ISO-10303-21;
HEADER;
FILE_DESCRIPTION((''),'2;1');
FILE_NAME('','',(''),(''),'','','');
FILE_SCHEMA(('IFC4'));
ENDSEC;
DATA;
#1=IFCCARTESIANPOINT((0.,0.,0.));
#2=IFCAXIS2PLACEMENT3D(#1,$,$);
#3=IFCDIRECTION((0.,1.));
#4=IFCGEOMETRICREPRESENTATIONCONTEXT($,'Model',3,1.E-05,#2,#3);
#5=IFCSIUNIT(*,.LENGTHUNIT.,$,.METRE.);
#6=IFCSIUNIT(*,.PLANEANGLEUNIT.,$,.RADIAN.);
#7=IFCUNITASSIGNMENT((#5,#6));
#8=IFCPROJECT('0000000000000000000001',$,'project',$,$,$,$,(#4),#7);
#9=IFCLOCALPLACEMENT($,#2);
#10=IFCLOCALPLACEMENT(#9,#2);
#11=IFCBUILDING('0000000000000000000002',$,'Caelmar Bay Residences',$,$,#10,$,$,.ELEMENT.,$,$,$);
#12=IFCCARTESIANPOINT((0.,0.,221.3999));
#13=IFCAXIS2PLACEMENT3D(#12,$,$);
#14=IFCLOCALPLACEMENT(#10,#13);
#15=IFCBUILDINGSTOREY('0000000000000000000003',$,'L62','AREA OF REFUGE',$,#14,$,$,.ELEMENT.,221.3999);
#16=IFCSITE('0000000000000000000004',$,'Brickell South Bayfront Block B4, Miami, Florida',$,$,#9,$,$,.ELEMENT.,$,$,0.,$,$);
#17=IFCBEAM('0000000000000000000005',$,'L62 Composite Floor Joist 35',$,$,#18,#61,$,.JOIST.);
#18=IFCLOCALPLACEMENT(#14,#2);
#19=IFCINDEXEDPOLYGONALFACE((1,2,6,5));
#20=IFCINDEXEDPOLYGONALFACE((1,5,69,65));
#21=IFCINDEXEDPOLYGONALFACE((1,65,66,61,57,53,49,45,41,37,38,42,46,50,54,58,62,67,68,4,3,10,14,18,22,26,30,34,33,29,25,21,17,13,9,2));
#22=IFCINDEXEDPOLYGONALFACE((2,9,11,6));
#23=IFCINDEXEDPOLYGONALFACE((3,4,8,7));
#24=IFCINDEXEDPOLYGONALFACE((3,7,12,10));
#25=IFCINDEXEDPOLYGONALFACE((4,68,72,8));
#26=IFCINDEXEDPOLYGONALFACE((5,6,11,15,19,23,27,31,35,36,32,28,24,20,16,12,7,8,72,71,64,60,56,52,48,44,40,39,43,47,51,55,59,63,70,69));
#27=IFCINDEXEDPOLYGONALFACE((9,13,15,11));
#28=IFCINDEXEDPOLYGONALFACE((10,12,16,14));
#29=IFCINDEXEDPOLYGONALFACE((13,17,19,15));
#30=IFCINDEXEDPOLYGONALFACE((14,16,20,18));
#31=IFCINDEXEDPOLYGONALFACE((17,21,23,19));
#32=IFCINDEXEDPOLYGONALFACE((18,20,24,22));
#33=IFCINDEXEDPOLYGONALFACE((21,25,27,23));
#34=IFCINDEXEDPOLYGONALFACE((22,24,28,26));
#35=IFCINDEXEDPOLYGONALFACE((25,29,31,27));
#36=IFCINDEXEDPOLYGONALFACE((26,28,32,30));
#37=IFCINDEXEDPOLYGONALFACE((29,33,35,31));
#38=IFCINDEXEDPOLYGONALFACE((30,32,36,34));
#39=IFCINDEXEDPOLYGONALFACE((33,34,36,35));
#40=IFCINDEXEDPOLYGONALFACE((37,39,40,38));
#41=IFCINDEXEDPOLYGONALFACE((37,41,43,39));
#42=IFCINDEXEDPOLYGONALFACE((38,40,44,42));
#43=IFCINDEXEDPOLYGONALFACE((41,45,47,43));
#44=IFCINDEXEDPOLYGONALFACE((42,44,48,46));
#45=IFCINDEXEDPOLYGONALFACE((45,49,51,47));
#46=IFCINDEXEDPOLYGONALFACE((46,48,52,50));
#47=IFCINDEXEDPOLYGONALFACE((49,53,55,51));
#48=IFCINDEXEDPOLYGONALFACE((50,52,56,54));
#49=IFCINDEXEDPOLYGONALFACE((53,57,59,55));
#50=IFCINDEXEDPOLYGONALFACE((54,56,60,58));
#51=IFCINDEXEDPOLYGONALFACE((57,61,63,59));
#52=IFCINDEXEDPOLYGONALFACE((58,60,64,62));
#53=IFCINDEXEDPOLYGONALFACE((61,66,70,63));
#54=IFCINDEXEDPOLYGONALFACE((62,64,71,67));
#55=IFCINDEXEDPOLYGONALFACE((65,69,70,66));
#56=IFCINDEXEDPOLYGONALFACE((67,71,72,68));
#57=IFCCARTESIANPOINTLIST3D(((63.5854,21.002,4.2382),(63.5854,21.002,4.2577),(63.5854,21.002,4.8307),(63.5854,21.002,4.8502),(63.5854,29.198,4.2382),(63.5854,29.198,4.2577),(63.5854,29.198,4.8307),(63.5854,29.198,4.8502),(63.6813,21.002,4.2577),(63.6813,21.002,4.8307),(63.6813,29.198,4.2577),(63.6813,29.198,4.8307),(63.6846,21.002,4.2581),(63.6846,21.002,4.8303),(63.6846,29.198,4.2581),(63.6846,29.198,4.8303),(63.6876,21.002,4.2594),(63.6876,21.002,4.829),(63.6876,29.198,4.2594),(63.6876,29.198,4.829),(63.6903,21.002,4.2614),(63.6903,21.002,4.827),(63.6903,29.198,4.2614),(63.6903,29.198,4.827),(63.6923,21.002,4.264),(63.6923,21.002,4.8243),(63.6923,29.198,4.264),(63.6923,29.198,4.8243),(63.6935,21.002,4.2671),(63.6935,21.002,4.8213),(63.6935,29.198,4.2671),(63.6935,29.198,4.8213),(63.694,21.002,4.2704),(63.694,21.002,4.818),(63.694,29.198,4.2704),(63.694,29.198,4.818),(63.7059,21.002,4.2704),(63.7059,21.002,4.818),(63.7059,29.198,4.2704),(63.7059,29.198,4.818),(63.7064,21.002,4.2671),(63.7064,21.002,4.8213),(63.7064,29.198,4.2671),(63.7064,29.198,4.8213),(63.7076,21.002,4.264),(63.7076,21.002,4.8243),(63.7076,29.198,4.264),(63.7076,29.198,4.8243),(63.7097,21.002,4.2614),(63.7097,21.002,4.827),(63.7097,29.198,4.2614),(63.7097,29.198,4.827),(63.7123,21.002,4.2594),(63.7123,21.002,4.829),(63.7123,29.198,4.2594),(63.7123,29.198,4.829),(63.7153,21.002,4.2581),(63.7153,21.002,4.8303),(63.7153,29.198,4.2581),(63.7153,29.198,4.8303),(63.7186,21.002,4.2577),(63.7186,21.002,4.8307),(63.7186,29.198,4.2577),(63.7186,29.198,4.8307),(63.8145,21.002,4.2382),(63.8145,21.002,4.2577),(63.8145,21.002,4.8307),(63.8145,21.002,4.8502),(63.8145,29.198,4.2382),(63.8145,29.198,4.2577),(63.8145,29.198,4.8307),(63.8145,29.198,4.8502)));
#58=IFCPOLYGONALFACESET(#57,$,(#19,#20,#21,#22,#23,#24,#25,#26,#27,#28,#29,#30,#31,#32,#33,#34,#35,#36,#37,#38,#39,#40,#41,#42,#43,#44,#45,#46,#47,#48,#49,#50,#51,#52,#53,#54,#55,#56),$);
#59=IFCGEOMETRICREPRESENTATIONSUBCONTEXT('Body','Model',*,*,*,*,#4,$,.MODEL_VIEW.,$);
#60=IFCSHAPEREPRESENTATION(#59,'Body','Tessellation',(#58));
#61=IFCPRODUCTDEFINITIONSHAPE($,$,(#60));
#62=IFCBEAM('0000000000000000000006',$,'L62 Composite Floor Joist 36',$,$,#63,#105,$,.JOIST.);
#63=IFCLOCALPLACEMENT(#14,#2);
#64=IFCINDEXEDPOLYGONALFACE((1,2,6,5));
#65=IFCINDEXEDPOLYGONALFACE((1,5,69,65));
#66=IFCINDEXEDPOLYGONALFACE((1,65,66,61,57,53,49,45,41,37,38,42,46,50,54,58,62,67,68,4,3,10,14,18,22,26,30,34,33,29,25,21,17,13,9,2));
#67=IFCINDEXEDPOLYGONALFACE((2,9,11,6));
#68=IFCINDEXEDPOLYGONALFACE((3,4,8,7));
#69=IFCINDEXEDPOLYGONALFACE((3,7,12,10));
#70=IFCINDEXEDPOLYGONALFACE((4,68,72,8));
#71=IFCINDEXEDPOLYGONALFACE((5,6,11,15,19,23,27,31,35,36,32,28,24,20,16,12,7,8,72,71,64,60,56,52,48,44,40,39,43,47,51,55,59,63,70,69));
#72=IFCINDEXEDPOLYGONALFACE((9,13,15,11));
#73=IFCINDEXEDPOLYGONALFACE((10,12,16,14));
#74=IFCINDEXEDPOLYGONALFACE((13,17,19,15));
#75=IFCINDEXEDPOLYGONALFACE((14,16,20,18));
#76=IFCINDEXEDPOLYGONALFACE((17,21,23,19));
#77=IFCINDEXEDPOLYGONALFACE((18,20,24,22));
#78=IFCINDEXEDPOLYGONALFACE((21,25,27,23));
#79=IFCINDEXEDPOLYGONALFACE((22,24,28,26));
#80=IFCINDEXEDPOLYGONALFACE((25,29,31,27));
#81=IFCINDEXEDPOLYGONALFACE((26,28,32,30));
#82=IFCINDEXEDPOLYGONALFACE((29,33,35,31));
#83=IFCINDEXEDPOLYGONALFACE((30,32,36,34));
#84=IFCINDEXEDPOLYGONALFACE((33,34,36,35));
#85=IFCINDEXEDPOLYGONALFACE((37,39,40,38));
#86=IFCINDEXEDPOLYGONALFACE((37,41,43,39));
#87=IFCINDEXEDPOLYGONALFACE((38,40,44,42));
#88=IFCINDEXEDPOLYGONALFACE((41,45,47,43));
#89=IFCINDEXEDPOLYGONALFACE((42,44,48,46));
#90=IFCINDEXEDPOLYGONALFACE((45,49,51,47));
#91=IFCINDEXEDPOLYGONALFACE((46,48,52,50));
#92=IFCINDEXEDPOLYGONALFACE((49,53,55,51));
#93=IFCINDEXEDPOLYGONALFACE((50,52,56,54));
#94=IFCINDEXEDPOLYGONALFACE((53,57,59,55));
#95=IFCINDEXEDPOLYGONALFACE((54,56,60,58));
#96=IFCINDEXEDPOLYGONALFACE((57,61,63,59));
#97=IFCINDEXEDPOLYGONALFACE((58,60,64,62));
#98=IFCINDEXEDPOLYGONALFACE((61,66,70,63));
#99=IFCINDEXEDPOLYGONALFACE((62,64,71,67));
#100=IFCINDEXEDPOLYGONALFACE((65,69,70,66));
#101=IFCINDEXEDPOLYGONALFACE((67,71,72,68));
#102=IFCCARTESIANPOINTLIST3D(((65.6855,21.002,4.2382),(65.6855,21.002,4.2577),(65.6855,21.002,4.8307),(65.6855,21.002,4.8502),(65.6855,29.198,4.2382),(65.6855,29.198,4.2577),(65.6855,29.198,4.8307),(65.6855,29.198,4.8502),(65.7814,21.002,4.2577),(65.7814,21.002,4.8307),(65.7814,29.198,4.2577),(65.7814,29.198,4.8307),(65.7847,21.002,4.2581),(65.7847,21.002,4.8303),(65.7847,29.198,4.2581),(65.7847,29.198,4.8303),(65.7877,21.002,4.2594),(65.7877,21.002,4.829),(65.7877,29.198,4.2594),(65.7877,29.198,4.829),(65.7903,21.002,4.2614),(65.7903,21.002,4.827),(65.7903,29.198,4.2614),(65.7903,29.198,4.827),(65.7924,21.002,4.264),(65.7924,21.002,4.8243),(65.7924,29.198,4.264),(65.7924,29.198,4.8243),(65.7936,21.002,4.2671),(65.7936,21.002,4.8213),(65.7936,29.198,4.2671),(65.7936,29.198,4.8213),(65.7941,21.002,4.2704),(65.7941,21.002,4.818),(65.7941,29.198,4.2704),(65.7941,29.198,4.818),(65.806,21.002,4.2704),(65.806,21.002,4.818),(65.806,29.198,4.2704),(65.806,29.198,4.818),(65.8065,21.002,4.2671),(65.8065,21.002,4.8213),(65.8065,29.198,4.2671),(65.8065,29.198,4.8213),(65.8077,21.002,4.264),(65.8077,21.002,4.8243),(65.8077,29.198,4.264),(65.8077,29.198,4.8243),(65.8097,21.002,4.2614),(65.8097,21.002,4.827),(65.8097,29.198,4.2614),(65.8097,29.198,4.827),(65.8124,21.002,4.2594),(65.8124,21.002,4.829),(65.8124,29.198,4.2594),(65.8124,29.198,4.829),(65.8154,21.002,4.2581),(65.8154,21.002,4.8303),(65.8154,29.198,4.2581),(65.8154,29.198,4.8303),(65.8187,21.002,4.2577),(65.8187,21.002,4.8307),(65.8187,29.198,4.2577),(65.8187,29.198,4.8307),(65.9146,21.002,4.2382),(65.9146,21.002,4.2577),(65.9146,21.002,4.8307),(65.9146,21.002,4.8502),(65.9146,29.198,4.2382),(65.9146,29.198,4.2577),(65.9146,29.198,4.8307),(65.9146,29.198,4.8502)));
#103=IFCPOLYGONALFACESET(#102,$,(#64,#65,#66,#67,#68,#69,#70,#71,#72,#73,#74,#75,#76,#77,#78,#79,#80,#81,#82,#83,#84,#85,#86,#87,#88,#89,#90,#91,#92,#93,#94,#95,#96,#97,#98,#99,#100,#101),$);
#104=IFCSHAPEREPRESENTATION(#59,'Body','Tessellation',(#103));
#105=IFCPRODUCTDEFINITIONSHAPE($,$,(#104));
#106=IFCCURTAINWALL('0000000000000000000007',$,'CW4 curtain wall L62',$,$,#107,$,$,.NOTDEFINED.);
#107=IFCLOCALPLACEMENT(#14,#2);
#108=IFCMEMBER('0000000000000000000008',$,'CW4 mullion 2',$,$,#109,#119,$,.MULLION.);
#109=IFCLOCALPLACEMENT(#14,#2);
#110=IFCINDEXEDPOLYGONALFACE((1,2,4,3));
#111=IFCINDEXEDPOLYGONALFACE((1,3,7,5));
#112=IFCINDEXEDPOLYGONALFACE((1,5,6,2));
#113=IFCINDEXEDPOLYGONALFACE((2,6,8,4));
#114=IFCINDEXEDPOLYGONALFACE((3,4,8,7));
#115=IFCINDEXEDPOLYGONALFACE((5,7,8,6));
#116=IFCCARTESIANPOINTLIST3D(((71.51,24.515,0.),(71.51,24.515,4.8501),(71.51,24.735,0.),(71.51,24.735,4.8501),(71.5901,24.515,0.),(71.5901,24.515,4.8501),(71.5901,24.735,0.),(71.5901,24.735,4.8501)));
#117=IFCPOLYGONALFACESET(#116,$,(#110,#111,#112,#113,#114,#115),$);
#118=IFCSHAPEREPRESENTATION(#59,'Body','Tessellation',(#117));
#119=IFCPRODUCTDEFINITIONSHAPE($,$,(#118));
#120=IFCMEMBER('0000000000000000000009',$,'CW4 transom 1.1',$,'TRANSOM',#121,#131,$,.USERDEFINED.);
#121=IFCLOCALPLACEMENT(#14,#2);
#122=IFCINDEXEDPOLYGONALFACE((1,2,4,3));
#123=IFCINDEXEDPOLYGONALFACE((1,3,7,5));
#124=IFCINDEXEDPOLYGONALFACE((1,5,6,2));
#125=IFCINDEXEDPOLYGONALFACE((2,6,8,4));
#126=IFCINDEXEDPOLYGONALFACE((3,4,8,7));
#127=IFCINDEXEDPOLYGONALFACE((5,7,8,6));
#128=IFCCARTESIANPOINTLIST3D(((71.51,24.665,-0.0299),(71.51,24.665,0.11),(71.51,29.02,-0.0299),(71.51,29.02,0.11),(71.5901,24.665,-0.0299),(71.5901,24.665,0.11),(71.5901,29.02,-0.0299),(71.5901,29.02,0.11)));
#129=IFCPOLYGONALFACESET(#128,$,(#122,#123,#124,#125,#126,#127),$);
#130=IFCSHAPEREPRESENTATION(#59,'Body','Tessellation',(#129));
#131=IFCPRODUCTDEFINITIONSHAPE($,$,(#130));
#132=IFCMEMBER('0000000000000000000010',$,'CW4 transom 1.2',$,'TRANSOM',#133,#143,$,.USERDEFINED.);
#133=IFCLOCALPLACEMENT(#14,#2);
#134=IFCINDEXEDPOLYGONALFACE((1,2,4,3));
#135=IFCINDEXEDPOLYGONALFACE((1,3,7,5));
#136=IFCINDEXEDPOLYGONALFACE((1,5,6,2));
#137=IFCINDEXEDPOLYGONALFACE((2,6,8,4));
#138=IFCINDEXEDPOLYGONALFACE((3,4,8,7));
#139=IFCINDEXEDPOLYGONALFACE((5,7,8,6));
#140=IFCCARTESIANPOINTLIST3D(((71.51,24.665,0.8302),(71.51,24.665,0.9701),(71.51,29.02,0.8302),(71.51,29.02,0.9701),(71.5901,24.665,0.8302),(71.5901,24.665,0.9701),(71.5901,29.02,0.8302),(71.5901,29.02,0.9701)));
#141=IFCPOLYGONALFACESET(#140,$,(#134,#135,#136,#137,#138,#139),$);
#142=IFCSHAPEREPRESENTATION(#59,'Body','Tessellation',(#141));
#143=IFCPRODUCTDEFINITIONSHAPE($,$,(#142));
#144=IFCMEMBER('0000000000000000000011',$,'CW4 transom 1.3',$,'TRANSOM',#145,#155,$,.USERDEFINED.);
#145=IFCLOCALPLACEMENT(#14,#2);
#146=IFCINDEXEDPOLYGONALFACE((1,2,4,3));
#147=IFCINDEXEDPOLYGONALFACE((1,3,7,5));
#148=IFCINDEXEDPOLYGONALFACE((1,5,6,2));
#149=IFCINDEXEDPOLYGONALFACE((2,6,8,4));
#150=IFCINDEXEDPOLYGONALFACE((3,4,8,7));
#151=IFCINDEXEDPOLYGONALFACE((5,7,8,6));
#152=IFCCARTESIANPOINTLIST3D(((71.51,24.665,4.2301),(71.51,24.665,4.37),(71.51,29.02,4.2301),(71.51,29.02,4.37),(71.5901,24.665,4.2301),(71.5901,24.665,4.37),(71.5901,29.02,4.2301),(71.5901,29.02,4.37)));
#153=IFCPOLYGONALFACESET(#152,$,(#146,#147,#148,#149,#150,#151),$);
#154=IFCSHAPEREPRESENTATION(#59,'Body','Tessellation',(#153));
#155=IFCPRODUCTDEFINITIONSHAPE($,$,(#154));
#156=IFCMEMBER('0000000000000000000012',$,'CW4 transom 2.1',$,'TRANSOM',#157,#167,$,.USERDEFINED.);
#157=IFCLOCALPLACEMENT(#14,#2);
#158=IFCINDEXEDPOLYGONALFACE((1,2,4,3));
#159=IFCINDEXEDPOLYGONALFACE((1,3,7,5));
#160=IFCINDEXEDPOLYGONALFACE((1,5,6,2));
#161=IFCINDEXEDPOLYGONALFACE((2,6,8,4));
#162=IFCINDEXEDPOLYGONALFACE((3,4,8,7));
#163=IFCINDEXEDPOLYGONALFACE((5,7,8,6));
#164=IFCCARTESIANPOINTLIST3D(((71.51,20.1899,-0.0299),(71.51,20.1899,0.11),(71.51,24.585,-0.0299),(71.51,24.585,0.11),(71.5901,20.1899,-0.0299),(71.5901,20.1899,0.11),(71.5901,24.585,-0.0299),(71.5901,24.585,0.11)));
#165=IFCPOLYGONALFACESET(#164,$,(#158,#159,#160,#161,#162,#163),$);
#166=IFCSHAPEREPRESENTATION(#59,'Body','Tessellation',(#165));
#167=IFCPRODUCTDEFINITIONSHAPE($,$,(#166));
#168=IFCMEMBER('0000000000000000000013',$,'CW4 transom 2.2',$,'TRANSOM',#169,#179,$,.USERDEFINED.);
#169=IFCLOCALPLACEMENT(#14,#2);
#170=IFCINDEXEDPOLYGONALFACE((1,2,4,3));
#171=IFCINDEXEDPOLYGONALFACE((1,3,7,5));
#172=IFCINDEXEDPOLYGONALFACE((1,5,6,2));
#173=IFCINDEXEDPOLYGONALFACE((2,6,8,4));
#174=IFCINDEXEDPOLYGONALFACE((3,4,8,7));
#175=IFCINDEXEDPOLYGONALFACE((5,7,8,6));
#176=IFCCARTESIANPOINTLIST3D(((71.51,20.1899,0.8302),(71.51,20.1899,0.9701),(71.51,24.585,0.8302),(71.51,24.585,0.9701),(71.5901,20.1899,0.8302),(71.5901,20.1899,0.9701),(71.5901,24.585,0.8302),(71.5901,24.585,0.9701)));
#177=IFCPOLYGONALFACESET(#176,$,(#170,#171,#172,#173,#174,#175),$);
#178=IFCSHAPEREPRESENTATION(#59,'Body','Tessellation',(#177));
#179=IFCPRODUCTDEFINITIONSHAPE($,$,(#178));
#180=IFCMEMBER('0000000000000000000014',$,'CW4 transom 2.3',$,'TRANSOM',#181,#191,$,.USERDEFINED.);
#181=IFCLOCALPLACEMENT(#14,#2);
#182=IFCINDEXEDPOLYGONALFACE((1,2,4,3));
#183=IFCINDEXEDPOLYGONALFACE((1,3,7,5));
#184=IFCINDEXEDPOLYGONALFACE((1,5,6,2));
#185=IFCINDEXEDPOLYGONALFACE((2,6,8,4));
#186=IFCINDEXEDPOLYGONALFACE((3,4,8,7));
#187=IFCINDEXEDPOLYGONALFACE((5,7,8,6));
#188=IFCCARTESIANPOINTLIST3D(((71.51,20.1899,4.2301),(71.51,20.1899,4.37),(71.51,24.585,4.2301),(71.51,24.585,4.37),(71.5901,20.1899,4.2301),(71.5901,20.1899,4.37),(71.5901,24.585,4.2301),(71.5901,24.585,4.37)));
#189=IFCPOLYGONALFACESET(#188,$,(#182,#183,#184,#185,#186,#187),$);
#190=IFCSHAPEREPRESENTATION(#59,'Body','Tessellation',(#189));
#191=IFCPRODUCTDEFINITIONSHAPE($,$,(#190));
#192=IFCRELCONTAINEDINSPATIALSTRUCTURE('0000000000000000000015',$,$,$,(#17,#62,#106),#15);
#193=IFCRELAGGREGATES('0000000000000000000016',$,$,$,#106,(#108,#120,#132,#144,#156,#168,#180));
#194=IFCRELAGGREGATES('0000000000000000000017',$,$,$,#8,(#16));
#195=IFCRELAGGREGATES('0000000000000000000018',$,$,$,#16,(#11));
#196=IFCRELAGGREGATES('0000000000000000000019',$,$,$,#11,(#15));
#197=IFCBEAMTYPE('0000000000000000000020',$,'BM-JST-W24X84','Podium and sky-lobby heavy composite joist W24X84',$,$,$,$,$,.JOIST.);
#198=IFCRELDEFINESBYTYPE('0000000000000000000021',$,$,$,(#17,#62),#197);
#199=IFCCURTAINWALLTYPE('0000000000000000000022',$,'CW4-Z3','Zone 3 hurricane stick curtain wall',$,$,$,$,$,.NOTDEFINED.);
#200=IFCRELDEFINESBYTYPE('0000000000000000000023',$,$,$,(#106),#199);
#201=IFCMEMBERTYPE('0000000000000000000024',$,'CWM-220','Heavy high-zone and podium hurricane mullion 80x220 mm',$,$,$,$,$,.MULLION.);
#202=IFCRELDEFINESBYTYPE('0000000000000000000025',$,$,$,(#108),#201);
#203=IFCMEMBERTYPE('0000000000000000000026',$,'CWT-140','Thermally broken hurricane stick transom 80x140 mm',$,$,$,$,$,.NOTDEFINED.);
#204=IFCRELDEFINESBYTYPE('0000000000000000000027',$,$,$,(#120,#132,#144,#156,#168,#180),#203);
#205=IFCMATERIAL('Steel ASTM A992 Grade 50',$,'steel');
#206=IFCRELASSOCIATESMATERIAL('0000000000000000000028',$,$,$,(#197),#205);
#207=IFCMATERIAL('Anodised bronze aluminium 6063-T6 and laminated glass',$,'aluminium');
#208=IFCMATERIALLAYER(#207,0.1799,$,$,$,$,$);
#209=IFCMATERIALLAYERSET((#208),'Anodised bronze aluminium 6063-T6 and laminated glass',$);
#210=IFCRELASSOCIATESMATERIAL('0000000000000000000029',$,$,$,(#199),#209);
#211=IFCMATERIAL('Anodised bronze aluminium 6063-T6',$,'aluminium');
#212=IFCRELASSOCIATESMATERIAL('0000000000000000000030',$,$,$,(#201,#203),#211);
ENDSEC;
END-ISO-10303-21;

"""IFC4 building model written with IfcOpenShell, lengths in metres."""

from ifc_helpers import new_model, si_unit, direction, frame, origin, origin_2d, place, context, subcontext, project, spatial, rectangle, i_section, extrude, material, layer, layer_set, material_profile, profile_set, type_object, element, aggregate, save


model = new_model("IFC4")

# Units and contexts
model_context = context("Model", 3, precision=1e-05, world=origin(), true_north=direction((0.0, 1.0)))
body_context = subcontext(model_context, "Body", "Model", "MODEL_VIEW")
ifc_project = project(units=[si_unit("LENGTHUNIT", "METRE"), si_unit("PLANEANGLEUNIT", "RADIAN")], contexts=[model_context])

# Site, building, storey
site_placement = place(None, origin())
site = spatial("IfcSite", under=ifc_project, at=site_placement, Name="Brickell South Bayfront Block B4, Miami, Florida", CompositionType="ELEMENT", RefElevation=0.0)
building_placement = place(site_placement, origin())
building = spatial("IfcBuilding", under=site, at=building_placement, Name="Caelmar Bay Residences", CompositionType="ELEMENT")
storey_placement = place(building_placement, frame((0.0, 0.0, 221.3999)))
storey = spatial("IfcBuildingStorey", under=building, at=storey_placement, Name="L62", Description="AREA OF REFUGE", CompositionType="ELEMENT", Elevation=221.3999)

# Beams
ifc_material_1 = material(Name="Steel ASTM A992 Grade 50", Category="steel")
ifc_material_profile_1 = material_profile(ifc_material_1, i_section(OverallWidth=0.229, OverallDepth=0.6121, WebThickness=0.012, FlangeThickness=0.0195, FilletRadius=0.0127, at=origin_2d()), Name="W24X84")
ifc_profile_set_1 = profile_set([ifc_material_profile_1], Name="Steel ASTM A992 Grade 50")
beam_type_1 = type_object("IfcBeamType", Name="BM-JST-W24X84", Description="Podium and sky-lobby heavy composite joist W24X84", PredefinedType="JOIST", material=ifc_profile_set_1)
for number, where, z_axis, x_axis, name in (
    (1, (63.7, 21.002, 4.5442), (0.0, 1.0, 0.0), (-1.0, 0.0, 0.0), "L62 Composite Floor Joist 35"),
    (2, (65.8, 21.002, 4.5442), (0.0, 1.0, 0.0), (-1.0, 0.0, 0.0), "L62 Composite Floor Joist 36"),
):
    element("IfcBeam", number, at=place(storey_placement, frame(where, z_axis=z_axis, x_axis=x_axis)), inside=storey, type_object=beam_type_1, Name=name, PredefinedType="JOIST", context=body_context, shape_type="SweptSolid", body=[
        extrude(i_section(OverallWidth=0.229, OverallDepth=0.6121, WebThickness=0.012, FlangeThickness=0.0195, FilletRadius=0.0127, at=origin_2d()), origin(), (0.0, 0.0, 1.0), 8.196),
    ])

# Curtain wall, members
ifc_material_2 = material(Name="Anodised bronze aluminium 6063-T6 and laminated glass", Category="aluminium")
ifc_layer_1 = layer(ifc_material_2, 0.1799)
ifc_layer_set_1 = layer_set([ifc_layer_1], Name="Anodised bronze aluminium 6063-T6 and laminated glass")
curtain_wall_type = type_object("IfcCurtainWallType", Name="CW4-Z3", Description="Zone 3 hurricane stick curtain wall", PredefinedType="NOTDEFINED", material=ifc_layer_set_1)
curtain_wall_placement = place(storey_placement, origin())
curtain_wall = element("IfcCurtainWall", 3, at=curtain_wall_placement, inside=storey, type_object=curtain_wall_type, Name="CW4 curtain wall L62", PredefinedType="NOTDEFINED")
ifc_material_3 = material(Name="Anodised bronze aluminium 6063-T6", Category="aluminium")
ifc_material_profile_2 = material_profile(ifc_material_3, rectangle(XDim=0.0801, YDim=0.22, at=origin_2d()), Name="CWM-80X220")
ifc_profile_set_2 = profile_set([ifc_material_profile_2], Name="Anodised bronze aluminium 6063-T6")
member_type_1 = type_object("IfcMemberType", Name="CWM-220", Description="Heavy high-zone and podium hurricane mullion 80x220 mm", PredefinedType="MULLION", material=ifc_profile_set_2)
member_1_placement = place(storey_placement, frame((71.55, 24.625, 0.0), z_axis=(0.0, 0.0, 1.0), x_axis=(1.0, 0.0, 0.0)))
member_1 = element("IfcMember", 4, at=member_1_placement, type_object=member_type_1, Name="CW4 mullion 2", PredefinedType="MULLION", context=body_context, shape_type="SweptSolid", body=[
    extrude(rectangle(XDim=0.0801, YDim=0.22, at=origin_2d()), origin(), (0.0, 0.0, 1.0), 4.8501),
])
ifc_material_profile_3 = material_profile(ifc_material_3, rectangle(XDim=0.0801, YDim=0.1399, at=origin_2d()), Name="CWT-80X140")
ifc_profile_set_3 = profile_set([ifc_material_profile_3], Name="Anodised bronze aluminium 6063-T6")
member_type_2 = type_object("IfcMemberType", Name="CWT-140", Description="Thermally broken hurricane stick transom 80x140 mm", PredefinedType="NOTDEFINED", material=ifc_profile_set_3)
member_2_placement = place(storey_placement, frame((71.55, 29.02, 0.04), z_axis=(0.0, -1.0, 0.0), x_axis=(1.0, 0.0, 0.0)))
member_2 = element("IfcMember", 5, at=member_2_placement, type_object=member_type_2, Name="CW4 transom 1.1", ObjectType="TRANSOM", PredefinedType="USERDEFINED", context=body_context, shape_type="SweptSolid", body=[
    extrude(rectangle(XDim=0.0801, YDim=0.1399, at=origin_2d()), origin(), (0.0, 0.0, 1.0), 4.355),
])
member_3_placement = place(storey_placement, frame((71.55, 29.02, 0.9001), z_axis=(0.0, -1.0, 0.0), x_axis=(1.0, 0.0, 0.0)))
member_3 = element("IfcMember", 6, at=member_3_placement, type_object=member_type_2, Name="CW4 transom 1.2", ObjectType="TRANSOM", PredefinedType="USERDEFINED", context=body_context, shape_type="SweptSolid", body=[
    extrude(rectangle(XDim=0.0801, YDim=0.1399, at=origin_2d()), origin(), (0.0, 0.0, 1.0), 4.355),
])
member_4_placement = place(storey_placement, frame((71.55, 29.02, 4.3), z_axis=(0.0, -1.0, 0.0), x_axis=(1.0, 0.0, 0.0)))
member_4 = element("IfcMember", 7, at=member_4_placement, type_object=member_type_2, Name="CW4 transom 1.3", ObjectType="TRANSOM", PredefinedType="USERDEFINED", context=body_context, shape_type="SweptSolid", body=[
    extrude(rectangle(XDim=0.0801, YDim=0.1399, at=origin_2d()), origin(), (0.0, 0.0, 1.0), 4.355),
])
member_5_placement = place(storey_placement, frame((71.55, 24.585, 0.04), z_axis=(0.0, -1.0, 0.0), x_axis=(1.0, 0.0, 0.0)))
member_5 = element("IfcMember", 8, at=member_5_placement, type_object=member_type_2, Name="CW4 transom 2.1", ObjectType="TRANSOM", PredefinedType="USERDEFINED", context=body_context, shape_type="SweptSolid", body=[
    extrude(rectangle(XDim=0.0801, YDim=0.1399, at=origin_2d()), origin(), (0.0, 0.0, 1.0), 4.395),
])
member_6_placement = place(storey_placement, frame((71.55, 24.585, 0.9001), z_axis=(0.0, -1.0, 0.0), x_axis=(1.0, 0.0, 0.0)))
member_6 = element("IfcMember", 9, at=member_6_placement, type_object=member_type_2, Name="CW4 transom 2.2", ObjectType="TRANSOM", PredefinedType="USERDEFINED", context=body_context, shape_type="SweptSolid", body=[
    extrude(rectangle(XDim=0.0801, YDim=0.1399, at=origin_2d()), origin(), (0.0, 0.0, 1.0), 4.395),
])
member_7_placement = place(storey_placement, frame((71.55, 24.585, 4.3), z_axis=(0.0, -1.0, 0.0), x_axis=(1.0, 0.0, 0.0)))
member_7 = element("IfcMember", 10, at=member_7_placement, type_object=member_type_2, Name="CW4 transom 2.3", ObjectType="TRANSOM", PredefinedType="USERDEFINED", context=body_context, shape_type="SweptSolid", body=[
    extrude(rectangle(XDim=0.0801, YDim=0.1399, at=origin_2d()), origin(), (0.0, 0.0, 1.0), 4.395),
])
aggregate(curtain_wall, [member_1, member_2, member_3, member_4, member_5, member_6, member_7])

save(model, "model.ifc")
